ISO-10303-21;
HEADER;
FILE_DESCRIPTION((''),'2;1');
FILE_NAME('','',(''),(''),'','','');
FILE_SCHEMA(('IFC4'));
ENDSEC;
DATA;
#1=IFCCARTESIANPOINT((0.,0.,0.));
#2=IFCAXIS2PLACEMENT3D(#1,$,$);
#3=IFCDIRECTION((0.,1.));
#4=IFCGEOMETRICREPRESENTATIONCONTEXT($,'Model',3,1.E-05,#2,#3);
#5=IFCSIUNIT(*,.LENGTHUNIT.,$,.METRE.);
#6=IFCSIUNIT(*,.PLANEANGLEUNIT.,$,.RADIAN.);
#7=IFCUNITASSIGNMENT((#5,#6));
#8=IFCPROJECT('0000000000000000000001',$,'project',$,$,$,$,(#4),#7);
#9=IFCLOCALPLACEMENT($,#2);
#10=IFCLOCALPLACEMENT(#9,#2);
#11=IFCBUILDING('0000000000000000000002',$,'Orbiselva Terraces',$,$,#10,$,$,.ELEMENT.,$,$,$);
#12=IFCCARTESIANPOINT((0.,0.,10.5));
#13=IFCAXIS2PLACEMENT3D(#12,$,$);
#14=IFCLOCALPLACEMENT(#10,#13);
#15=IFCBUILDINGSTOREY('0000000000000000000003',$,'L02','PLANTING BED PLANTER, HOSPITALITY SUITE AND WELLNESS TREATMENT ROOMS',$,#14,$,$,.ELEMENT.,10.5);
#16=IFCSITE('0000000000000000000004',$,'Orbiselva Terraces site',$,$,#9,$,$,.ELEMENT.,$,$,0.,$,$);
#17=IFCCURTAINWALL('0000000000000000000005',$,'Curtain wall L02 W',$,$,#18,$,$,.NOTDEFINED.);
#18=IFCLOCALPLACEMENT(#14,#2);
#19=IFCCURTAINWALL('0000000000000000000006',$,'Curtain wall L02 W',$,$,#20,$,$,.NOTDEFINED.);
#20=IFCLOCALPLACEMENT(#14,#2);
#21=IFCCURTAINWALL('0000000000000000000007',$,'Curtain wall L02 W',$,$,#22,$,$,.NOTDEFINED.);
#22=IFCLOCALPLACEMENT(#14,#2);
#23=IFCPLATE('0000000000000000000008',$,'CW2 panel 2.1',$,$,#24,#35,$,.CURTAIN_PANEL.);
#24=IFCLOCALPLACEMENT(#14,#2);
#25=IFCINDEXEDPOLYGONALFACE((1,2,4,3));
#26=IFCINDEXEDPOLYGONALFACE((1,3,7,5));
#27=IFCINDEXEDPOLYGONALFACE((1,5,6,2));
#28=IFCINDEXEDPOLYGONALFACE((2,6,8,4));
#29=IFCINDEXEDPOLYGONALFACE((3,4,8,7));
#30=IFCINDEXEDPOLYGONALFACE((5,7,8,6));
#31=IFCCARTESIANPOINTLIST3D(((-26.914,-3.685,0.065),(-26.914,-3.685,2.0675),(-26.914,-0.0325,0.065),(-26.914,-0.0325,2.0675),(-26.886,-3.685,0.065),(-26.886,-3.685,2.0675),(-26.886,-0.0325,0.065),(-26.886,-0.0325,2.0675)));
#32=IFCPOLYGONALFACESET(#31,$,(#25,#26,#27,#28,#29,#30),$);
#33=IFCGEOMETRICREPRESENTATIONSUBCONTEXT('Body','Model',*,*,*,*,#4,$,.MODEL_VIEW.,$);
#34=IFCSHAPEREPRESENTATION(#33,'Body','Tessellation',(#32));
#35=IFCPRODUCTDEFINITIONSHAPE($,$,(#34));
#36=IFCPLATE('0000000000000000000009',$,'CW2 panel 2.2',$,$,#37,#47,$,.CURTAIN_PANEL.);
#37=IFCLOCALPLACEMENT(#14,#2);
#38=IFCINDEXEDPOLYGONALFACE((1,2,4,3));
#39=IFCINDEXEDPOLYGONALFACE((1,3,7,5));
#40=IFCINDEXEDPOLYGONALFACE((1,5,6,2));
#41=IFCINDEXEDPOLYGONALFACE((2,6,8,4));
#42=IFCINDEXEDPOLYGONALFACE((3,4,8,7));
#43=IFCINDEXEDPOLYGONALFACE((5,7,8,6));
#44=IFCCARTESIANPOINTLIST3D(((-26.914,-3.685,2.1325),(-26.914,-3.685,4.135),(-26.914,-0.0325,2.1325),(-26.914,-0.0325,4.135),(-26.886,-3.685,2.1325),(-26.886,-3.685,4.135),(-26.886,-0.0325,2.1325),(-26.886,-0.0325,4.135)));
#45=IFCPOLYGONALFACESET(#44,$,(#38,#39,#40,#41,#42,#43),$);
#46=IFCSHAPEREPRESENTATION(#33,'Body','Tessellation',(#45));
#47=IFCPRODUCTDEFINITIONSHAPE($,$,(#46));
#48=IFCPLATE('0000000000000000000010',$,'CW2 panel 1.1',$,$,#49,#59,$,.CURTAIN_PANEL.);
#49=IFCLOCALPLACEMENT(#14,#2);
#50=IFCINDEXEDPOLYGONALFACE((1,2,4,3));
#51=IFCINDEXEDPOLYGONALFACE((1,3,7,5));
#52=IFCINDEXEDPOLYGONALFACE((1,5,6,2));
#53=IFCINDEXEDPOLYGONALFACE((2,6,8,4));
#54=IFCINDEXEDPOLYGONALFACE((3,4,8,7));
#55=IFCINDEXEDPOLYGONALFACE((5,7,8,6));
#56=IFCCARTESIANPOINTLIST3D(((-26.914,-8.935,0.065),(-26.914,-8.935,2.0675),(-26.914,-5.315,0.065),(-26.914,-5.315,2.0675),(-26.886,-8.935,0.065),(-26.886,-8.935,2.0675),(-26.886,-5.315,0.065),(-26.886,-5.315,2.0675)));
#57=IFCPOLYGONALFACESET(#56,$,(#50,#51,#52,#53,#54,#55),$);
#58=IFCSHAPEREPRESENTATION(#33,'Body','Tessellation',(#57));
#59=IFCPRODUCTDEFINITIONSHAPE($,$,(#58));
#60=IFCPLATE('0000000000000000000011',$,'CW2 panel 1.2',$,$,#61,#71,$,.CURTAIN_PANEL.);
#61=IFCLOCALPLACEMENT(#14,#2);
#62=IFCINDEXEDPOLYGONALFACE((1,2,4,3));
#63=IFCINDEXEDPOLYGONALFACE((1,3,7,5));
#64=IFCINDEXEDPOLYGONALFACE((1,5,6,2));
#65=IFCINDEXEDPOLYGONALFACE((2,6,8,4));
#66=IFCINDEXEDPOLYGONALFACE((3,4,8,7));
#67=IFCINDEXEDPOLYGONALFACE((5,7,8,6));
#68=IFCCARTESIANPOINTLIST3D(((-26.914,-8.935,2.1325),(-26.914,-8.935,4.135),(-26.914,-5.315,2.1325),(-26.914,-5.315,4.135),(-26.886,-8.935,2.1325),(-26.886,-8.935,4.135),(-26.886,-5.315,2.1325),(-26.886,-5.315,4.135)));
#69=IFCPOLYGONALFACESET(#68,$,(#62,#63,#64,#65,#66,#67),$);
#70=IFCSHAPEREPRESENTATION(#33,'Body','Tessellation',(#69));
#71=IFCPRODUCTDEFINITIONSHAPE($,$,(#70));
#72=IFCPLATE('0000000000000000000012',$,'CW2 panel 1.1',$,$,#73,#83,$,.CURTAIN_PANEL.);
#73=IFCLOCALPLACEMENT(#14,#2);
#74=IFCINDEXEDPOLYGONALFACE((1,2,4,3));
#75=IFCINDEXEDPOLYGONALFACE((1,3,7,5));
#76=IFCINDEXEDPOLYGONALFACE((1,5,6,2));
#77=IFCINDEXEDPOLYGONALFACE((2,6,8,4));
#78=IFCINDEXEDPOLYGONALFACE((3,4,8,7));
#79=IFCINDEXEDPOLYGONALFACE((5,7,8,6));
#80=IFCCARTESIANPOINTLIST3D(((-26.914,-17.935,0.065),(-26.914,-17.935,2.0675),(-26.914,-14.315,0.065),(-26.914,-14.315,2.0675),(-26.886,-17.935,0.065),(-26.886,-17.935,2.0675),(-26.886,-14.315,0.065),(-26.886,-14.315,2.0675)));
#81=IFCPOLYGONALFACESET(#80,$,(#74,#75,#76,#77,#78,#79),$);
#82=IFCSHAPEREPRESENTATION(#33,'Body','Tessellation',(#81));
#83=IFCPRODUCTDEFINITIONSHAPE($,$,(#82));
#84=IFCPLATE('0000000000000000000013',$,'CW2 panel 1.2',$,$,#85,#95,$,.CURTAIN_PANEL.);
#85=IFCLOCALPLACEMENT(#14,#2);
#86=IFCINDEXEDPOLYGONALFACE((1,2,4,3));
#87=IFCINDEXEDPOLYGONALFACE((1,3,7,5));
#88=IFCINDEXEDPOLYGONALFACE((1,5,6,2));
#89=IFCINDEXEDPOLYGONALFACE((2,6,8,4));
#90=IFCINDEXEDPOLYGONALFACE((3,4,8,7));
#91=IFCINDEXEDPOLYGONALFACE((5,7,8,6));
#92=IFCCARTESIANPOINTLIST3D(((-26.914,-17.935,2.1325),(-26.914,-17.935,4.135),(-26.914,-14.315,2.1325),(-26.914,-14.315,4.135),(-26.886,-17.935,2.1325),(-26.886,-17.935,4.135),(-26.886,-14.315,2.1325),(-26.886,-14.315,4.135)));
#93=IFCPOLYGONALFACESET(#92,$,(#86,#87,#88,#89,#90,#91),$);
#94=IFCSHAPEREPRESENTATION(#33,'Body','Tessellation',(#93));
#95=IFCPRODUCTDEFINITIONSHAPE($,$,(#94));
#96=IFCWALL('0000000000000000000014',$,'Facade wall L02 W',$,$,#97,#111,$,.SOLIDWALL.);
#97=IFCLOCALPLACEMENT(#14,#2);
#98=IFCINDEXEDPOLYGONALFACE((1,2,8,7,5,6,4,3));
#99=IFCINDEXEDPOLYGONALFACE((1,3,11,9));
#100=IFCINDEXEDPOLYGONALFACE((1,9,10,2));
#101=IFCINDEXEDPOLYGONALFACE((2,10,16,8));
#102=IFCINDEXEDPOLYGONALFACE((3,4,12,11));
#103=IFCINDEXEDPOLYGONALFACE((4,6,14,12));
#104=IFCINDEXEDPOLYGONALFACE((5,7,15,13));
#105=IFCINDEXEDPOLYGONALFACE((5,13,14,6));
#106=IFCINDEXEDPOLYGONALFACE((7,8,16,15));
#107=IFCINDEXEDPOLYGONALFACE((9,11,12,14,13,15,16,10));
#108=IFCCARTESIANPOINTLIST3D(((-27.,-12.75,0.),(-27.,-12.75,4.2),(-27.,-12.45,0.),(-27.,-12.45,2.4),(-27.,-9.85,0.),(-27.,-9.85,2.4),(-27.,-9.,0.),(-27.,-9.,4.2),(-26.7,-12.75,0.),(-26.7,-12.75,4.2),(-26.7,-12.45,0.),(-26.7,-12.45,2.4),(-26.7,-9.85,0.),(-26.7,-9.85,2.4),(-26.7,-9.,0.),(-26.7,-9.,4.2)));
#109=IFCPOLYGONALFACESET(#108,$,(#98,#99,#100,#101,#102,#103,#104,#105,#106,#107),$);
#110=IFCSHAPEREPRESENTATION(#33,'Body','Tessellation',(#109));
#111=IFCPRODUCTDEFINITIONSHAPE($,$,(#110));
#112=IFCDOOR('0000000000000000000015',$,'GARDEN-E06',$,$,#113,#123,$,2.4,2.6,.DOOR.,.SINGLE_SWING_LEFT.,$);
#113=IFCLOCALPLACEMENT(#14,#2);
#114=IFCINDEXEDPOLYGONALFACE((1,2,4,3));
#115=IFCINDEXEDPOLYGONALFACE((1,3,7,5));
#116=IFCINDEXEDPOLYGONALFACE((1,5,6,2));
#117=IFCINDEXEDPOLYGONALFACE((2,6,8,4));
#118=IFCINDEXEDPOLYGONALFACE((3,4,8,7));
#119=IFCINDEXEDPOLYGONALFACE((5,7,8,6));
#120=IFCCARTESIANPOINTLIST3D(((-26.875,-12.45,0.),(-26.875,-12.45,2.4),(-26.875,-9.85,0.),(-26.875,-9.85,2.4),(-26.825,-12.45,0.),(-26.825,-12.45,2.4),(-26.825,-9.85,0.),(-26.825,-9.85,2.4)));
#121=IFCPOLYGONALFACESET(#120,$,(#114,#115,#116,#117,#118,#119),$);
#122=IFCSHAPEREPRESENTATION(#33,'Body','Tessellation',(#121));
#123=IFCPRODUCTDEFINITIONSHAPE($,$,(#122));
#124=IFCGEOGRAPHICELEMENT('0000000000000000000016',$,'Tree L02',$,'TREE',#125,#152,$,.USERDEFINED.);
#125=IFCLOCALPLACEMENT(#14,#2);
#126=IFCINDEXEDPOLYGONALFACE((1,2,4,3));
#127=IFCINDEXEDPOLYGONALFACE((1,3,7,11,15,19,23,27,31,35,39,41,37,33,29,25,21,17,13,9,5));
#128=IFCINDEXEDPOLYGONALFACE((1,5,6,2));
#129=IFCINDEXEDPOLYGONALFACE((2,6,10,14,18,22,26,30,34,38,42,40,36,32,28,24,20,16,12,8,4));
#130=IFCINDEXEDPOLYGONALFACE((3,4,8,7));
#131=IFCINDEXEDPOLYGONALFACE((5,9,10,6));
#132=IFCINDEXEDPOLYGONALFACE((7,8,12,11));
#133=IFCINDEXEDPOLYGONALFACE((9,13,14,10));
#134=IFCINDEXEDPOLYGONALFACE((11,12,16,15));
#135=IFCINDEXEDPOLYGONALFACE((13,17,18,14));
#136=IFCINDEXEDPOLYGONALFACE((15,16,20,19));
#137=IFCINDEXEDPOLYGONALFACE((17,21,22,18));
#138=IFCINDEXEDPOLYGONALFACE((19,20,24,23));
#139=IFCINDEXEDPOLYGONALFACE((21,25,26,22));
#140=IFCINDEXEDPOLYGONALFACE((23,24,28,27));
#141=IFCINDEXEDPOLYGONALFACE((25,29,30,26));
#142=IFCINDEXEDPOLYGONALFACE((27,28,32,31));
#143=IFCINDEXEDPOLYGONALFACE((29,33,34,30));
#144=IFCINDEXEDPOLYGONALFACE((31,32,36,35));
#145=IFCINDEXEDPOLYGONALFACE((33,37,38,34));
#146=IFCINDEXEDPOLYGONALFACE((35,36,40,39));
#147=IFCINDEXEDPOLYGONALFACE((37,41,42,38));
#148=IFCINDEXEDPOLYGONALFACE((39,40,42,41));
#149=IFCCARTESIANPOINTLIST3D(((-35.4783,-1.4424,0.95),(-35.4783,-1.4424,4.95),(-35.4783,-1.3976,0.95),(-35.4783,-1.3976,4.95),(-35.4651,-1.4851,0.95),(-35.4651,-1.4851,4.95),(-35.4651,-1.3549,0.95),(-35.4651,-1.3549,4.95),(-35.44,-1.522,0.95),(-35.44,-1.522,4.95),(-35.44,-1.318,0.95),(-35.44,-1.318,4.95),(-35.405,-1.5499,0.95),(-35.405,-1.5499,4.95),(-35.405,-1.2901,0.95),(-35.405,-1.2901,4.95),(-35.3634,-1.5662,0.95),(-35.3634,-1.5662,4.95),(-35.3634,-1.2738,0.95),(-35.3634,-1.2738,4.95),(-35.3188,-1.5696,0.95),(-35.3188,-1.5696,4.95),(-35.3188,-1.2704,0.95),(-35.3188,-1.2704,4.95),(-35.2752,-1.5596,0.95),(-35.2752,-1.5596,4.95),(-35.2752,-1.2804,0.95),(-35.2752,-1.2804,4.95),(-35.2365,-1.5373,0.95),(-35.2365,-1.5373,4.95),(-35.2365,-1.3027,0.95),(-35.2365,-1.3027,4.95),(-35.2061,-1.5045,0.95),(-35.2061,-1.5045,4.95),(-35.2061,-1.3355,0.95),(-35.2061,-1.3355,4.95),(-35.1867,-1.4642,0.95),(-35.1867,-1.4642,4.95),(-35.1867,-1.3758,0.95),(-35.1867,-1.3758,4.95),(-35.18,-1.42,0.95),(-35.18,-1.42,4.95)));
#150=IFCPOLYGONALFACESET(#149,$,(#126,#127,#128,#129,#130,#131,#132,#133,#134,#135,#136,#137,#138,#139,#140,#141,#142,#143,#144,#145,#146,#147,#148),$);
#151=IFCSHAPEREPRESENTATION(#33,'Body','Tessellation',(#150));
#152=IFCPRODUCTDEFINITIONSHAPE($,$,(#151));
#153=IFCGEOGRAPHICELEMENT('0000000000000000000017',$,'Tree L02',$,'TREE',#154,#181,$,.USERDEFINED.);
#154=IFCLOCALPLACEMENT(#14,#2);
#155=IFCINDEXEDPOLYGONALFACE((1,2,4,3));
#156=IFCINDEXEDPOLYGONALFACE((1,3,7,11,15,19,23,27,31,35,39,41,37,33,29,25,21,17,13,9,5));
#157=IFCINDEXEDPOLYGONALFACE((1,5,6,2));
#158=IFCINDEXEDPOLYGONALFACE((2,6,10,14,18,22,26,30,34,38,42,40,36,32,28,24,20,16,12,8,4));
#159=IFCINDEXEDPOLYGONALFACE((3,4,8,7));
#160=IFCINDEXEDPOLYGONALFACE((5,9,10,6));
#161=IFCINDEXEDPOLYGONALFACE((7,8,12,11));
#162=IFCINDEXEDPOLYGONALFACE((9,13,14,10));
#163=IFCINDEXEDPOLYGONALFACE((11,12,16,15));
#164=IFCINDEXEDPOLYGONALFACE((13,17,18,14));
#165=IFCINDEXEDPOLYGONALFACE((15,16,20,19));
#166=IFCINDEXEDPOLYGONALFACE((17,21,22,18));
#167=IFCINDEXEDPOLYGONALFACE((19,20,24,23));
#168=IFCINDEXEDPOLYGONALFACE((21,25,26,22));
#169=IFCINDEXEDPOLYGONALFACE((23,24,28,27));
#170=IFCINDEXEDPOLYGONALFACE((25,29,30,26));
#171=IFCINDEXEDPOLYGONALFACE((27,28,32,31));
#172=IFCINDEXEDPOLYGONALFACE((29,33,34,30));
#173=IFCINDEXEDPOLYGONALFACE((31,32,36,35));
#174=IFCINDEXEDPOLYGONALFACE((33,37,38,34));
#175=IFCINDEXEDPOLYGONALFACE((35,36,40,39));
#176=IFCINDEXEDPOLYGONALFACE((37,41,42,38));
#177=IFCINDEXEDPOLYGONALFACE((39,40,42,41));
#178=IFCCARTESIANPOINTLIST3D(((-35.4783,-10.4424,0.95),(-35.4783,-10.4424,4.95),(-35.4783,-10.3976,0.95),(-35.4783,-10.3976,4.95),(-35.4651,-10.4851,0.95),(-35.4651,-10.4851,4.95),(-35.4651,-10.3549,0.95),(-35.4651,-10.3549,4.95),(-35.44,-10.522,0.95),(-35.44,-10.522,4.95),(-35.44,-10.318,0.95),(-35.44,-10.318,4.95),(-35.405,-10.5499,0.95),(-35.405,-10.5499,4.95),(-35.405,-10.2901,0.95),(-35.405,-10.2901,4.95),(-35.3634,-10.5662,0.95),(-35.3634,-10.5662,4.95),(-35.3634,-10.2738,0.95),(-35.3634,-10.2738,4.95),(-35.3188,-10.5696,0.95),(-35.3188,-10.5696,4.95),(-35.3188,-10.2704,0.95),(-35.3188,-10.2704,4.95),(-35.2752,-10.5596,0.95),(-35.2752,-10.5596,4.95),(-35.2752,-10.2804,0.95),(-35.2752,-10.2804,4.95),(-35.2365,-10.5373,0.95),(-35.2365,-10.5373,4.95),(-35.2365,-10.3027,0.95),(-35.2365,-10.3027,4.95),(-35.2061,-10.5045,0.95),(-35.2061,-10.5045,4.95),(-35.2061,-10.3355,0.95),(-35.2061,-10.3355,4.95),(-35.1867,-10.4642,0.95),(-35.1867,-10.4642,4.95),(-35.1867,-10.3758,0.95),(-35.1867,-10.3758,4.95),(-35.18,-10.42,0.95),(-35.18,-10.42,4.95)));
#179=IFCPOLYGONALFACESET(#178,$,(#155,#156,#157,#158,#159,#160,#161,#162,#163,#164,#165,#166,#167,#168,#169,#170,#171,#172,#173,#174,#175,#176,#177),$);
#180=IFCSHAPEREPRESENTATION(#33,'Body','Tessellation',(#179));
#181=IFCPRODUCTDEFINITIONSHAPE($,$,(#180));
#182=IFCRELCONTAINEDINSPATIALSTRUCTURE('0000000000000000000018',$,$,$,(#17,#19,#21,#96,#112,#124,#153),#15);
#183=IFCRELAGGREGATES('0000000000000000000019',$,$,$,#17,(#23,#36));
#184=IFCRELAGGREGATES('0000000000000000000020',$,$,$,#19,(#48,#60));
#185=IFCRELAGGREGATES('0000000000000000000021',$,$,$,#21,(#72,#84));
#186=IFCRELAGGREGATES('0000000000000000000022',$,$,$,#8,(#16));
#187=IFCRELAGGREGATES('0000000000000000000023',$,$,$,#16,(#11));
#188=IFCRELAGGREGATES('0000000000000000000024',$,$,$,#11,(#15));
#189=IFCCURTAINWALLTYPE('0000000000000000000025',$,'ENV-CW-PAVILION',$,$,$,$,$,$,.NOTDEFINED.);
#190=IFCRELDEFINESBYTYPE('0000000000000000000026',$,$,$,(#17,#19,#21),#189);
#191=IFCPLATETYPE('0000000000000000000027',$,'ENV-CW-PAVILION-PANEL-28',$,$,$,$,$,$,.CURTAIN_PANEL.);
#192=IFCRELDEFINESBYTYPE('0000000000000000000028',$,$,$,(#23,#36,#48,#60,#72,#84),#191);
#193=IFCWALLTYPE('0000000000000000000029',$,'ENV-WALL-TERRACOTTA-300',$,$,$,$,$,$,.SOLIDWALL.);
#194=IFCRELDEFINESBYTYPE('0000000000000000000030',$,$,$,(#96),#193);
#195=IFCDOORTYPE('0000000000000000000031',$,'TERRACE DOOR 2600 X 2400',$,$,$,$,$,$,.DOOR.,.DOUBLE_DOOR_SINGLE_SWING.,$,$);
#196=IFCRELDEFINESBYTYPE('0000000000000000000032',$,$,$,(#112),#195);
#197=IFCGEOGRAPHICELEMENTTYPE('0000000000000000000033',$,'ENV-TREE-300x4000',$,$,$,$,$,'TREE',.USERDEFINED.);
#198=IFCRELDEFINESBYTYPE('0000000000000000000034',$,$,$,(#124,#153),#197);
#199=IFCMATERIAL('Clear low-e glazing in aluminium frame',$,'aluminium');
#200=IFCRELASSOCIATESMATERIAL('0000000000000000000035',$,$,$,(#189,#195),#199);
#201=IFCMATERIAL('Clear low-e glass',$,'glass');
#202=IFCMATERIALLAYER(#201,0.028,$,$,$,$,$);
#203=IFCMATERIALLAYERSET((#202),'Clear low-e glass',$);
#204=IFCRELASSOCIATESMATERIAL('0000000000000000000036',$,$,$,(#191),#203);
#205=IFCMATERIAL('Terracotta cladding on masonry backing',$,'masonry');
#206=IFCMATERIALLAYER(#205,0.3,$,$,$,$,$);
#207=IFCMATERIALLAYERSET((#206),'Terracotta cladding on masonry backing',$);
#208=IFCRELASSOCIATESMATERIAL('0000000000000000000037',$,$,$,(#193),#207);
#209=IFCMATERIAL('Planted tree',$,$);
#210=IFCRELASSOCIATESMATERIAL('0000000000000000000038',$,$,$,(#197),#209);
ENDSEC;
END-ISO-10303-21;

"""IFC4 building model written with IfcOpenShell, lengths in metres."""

from ifc_helpers import new_model, si_unit, direction, frame, frame_2d, origin, origin_2d, place, context, subcontext, project, spatial, rectangle, circle, extrude, material, layer, layer_set, type_object, element, fill, aggregate, save


model = new_model("IFC4")

# Units and contexts
model_context = context("Model", 3, precision=1e-05, world=origin(), true_north=direction((0.0, 1.0)))
body_context = subcontext(model_context, "Body", "Model", "MODEL_VIEW")
ifc_project = project(units=[si_unit("LENGTHUNIT", "METRE"), si_unit("PLANEANGLEUNIT", "RADIAN")], contexts=[model_context])

# Site, building, storey
site_placement = place(None, origin())
site = spatial("IfcSite", under=ifc_project, at=site_placement, Name="Orbiselva Terraces site", CompositionType="ELEMENT", RefElevation=0.0)
building_placement = place(site_placement, origin())
building = spatial("IfcBuilding", under=site, at=building_placement, Name="Orbiselva Terraces", CompositionType="ELEMENT")
storey_placement = place(building_placement, frame((0.0, 0.0, 10.5)))
storey = spatial("IfcBuildingStorey", under=building, at=storey_placement, Name="L02", Description="PLANTING BED PLANTER, HOSPITALITY SUITE AND WELLNESS TREATMENT ROOMS", CompositionType="ELEMENT", Elevation=10.5)

# Curtain walls
ifc_material_1 = material(Name="Clear low-e glazing in aluminium frame", Category="aluminium")
curtain_wall_type = type_object("IfcCurtainWallType", Name="ENV-CW-PAVILION", PredefinedType="NOTDEFINED", material=ifc_material_1)
curtain_wall_1_placement = place(storey_placement, origin())
curtain_wall_1 = element("IfcCurtainWall", 1, at=curtain_wall_1_placement, inside=storey, type_object=curtain_wall_type, Name="Curtain wall L02 W", PredefinedType="NOTDEFINED")
curtain_wall_2_placement = place(storey_placement, origin())
curtain_wall_2 = element("IfcCurtainWall", 2, at=curtain_wall_2_placement, inside=storey, type_object=curtain_wall_type, Name="Curtain wall L02 W", PredefinedType="NOTDEFINED")
curtain_wall_3_placement = place(storey_placement, origin())
curtain_wall_3 = element("IfcCurtainWall", 3, at=curtain_wall_3_placement, inside=storey, type_object=curtain_wall_type, Name="Curtain wall L02 W", PredefinedType="NOTDEFINED")

# Plates
ifc_material_2 = material(Name="Clear low-e glass", Category="glass")
ifc_layer_1 = layer(ifc_material_2, 0.028)
ifc_layer_set_1 = layer_set([ifc_layer_1], Name="Clear low-e glass")
plate_type = type_object("IfcPlateType", Name="ENV-CW-PAVILION-PANEL-28", PredefinedType="CURTAIN_PANEL", material=ifc_layer_set_1)
plate_1_placement = place(storey_placement, frame((-26.9, -1.8587, 0.065), z_axis=(0.0, 0.0, 1.0), x_axis=(0.0, -1.0, 0.0)))
plate_1 = element("IfcPlate", 4, at=plate_1_placement, type_object=plate_type, Name="CW2 panel 2.1", PredefinedType="CURTAIN_PANEL", context=body_context, shape_type="SweptSolid", body=[
    extrude(rectangle(XDim=3.6525, YDim=0.028, at=origin_2d()), origin(), (0.0, 0.0, 1.0), 2.0025),
])
plate_2_placement = place(storey_placement, frame((-26.9, -1.8587, 2.1325), z_axis=(0.0, 0.0, 1.0), x_axis=(0.0, -1.0, 0.0)))
plate_2 = element("IfcPlate", 5, at=plate_2_placement, type_object=plate_type, Name="CW2 panel 2.2", PredefinedType="CURTAIN_PANEL", context=body_context, shape_type="SweptSolid", body=[
    extrude(rectangle(XDim=3.6525, YDim=0.028, at=origin_2d()), origin(), (0.0, 0.0, 1.0), 2.0025),
])
aggregate(curtain_wall_1, [plate_1, plate_2])
plate_3_placement = place(storey_placement, frame((-26.9, -7.125, 0.065), z_axis=(0.0, 0.0, 1.0), x_axis=(0.0, -1.0, 0.0)))
plate_3 = element("IfcPlate", 6, at=plate_3_placement, type_object=plate_type, Name="CW2 panel 1.1", PredefinedType="CURTAIN_PANEL", context=body_context, shape_type="SweptSolid", body=[
    extrude(rectangle(XDim=3.62, YDim=0.028, at=origin_2d()), origin(), (0.0, 0.0, 1.0), 2.0025),
])
plate_4_placement = place(storey_placement, frame((-26.9, -7.125, 2.1325), z_axis=(0.0, 0.0, 1.0), x_axis=(0.0, -1.0, 0.0)))
plate_4 = element("IfcPlate", 7, at=plate_4_placement, type_object=plate_type, Name="CW2 panel 1.2", PredefinedType="CURTAIN_PANEL", context=body_context, shape_type="SweptSolid", body=[
    extrude(rectangle(XDim=3.62, YDim=0.028, at=origin_2d()), origin(), (0.0, 0.0, 1.0), 2.0025),
])
aggregate(curtain_wall_2, [plate_3, plate_4])
plate_5_placement = place(storey_placement, frame((-26.9, -16.125, 0.065), z_axis=(0.0, 0.0, 1.0), x_axis=(0.0, -1.0, 0.0)))
plate_5 = element("IfcPlate", 8, at=plate_5_placement, type_object=plate_type, Name="CW2 panel 1.1", PredefinedType="CURTAIN_PANEL", context=body_context, shape_type="SweptSolid", body=[
    extrude(rectangle(XDim=3.62, YDim=0.028, at=origin_2d()), origin(), (0.0, 0.0, 1.0), 2.0025),
])
plate_6_placement = place(storey_placement, frame((-26.9, -16.125, 2.1325), z_axis=(0.0, 0.0, 1.0), x_axis=(0.0, -1.0, 0.0)))
plate_6 = element("IfcPlate", 9, at=plate_6_placement, type_object=plate_type, Name="CW2 panel 1.2", PredefinedType="CURTAIN_PANEL", context=body_context, shape_type="SweptSolid", body=[
    extrude(rectangle(XDim=3.62, YDim=0.028, at=origin_2d()), origin(), (0.0, 0.0, 1.0), 2.0025),
])
aggregate(curtain_wall_3, [plate_5, plate_6])

# Wall, opening, door
ifc_material_3 = material(Name="Terracotta cladding on masonry backing", Category="masonry")
ifc_layer_2 = layer(ifc_material_3, 0.3)
ifc_layer_set_2 = layer_set([ifc_layer_2], Name="Terracotta cladding on masonry backing")
wall_type = type_object("IfcWallType", Name="ENV-WALL-TERRACOTTA-300", PredefinedType="SOLIDWALL", material=ifc_layer_set_2)
wall_placement = place(storey_placement, frame((-26.85, -12.75, 0.0), z_axis=(0.0, 0.0, 1.0), x_axis=(0.0, 1.0, 0.0)))
wall = element("IfcWall", 10, at=wall_placement, inside=storey, type_object=wall_type, Name="Facade wall L02 W", PredefinedType="SOLIDWALL", context=body_context, shape_type="SweptSolid", body=[
    extrude(rectangle(XDim=3.75, YDim=0.3, at=frame_2d((1.875, 0.0))), origin(), (0.0, 0.0, 1.0), 4.2),
])
opening_placement = place(wall_placement, frame((0.3, 0.0, 0.0)))
opening = element("IfcOpeningElement", 11, at=opening_placement, cuts=wall, PredefinedType="OPENING", context=body_context, shape_type="SweptSolid", body=[
    extrude(rectangle(XDim=2.6, YDim=2.4, at=frame_2d((1.3, 1.2))), frame((0.0, 0.16, 0.0), z_axis=(0.0, -1.0, 0.0), x_axis=(1.0, 0.0, 0.0)), (0.0, 0.0, 1.0), 0.32),
])
door_type = type_object("IfcDoorType", Name="TERRACE DOOR 2600 X 2400", OperationType="DOUBLE_DOOR_SINGLE_SWING", PredefinedType="DOOR", material=ifc_material_1)
door_placement = place(opening_placement, origin())
door = element("IfcDoor", 12, at=door_placement, inside=storey, type_object=door_type, Name="GARDEN-E06", OperationType="SINGLE_SWING_LEFT", OverallHeight=2.4, OverallWidth=2.6, PredefinedType="DOOR", context=body_context, shape_type="SweptSolid", body=[
    extrude(rectangle(XDim=2.6, YDim=2.4, at=frame_2d((1.3, 1.2))), frame((0.0, 0.025, 0.0), z_axis=(0.0, -1.0, 0.0), x_axis=(1.0, 0.0, 0.0)), (0.0, 0.0, 1.0), 0.05),
])
fill(opening, door)

# Geographic elements
ifc_material_4 = material(Name="Planted tree")
geographic_element_type = type_object("IfcGeographicElementType", Name="ENV-TREE-300x4000", ElementType="TREE", PredefinedType="USERDEFINED", material=ifc_material_4)
for number, where, z_axis, x_axis, name in (
    (13, (-35.33, -1.42, 4.95), (0.0, 0.0, -1.0), (1.0, 0.0, 0.0), "Tree L02"),
    (14, (-35.33, -10.42, 4.95), (0.0, 0.0, -1.0), (1.0, 0.0, 0.0), "Tree L02"),
):
    element("IfcGeographicElement", number, at=place(storey_placement, frame(where, z_axis=z_axis, x_axis=x_axis)), inside=storey, type_object=geographic_element_type, Name=name, ObjectType="TREE", PredefinedType="USERDEFINED", context=body_context, shape_type="SweptSolid", body=[
        extrude(circle(Radius=0.15, at=origin_2d()), origin(), (0.0, 0.0, 1.0), 4.0),
    ])

save(model, "model.ifc")
